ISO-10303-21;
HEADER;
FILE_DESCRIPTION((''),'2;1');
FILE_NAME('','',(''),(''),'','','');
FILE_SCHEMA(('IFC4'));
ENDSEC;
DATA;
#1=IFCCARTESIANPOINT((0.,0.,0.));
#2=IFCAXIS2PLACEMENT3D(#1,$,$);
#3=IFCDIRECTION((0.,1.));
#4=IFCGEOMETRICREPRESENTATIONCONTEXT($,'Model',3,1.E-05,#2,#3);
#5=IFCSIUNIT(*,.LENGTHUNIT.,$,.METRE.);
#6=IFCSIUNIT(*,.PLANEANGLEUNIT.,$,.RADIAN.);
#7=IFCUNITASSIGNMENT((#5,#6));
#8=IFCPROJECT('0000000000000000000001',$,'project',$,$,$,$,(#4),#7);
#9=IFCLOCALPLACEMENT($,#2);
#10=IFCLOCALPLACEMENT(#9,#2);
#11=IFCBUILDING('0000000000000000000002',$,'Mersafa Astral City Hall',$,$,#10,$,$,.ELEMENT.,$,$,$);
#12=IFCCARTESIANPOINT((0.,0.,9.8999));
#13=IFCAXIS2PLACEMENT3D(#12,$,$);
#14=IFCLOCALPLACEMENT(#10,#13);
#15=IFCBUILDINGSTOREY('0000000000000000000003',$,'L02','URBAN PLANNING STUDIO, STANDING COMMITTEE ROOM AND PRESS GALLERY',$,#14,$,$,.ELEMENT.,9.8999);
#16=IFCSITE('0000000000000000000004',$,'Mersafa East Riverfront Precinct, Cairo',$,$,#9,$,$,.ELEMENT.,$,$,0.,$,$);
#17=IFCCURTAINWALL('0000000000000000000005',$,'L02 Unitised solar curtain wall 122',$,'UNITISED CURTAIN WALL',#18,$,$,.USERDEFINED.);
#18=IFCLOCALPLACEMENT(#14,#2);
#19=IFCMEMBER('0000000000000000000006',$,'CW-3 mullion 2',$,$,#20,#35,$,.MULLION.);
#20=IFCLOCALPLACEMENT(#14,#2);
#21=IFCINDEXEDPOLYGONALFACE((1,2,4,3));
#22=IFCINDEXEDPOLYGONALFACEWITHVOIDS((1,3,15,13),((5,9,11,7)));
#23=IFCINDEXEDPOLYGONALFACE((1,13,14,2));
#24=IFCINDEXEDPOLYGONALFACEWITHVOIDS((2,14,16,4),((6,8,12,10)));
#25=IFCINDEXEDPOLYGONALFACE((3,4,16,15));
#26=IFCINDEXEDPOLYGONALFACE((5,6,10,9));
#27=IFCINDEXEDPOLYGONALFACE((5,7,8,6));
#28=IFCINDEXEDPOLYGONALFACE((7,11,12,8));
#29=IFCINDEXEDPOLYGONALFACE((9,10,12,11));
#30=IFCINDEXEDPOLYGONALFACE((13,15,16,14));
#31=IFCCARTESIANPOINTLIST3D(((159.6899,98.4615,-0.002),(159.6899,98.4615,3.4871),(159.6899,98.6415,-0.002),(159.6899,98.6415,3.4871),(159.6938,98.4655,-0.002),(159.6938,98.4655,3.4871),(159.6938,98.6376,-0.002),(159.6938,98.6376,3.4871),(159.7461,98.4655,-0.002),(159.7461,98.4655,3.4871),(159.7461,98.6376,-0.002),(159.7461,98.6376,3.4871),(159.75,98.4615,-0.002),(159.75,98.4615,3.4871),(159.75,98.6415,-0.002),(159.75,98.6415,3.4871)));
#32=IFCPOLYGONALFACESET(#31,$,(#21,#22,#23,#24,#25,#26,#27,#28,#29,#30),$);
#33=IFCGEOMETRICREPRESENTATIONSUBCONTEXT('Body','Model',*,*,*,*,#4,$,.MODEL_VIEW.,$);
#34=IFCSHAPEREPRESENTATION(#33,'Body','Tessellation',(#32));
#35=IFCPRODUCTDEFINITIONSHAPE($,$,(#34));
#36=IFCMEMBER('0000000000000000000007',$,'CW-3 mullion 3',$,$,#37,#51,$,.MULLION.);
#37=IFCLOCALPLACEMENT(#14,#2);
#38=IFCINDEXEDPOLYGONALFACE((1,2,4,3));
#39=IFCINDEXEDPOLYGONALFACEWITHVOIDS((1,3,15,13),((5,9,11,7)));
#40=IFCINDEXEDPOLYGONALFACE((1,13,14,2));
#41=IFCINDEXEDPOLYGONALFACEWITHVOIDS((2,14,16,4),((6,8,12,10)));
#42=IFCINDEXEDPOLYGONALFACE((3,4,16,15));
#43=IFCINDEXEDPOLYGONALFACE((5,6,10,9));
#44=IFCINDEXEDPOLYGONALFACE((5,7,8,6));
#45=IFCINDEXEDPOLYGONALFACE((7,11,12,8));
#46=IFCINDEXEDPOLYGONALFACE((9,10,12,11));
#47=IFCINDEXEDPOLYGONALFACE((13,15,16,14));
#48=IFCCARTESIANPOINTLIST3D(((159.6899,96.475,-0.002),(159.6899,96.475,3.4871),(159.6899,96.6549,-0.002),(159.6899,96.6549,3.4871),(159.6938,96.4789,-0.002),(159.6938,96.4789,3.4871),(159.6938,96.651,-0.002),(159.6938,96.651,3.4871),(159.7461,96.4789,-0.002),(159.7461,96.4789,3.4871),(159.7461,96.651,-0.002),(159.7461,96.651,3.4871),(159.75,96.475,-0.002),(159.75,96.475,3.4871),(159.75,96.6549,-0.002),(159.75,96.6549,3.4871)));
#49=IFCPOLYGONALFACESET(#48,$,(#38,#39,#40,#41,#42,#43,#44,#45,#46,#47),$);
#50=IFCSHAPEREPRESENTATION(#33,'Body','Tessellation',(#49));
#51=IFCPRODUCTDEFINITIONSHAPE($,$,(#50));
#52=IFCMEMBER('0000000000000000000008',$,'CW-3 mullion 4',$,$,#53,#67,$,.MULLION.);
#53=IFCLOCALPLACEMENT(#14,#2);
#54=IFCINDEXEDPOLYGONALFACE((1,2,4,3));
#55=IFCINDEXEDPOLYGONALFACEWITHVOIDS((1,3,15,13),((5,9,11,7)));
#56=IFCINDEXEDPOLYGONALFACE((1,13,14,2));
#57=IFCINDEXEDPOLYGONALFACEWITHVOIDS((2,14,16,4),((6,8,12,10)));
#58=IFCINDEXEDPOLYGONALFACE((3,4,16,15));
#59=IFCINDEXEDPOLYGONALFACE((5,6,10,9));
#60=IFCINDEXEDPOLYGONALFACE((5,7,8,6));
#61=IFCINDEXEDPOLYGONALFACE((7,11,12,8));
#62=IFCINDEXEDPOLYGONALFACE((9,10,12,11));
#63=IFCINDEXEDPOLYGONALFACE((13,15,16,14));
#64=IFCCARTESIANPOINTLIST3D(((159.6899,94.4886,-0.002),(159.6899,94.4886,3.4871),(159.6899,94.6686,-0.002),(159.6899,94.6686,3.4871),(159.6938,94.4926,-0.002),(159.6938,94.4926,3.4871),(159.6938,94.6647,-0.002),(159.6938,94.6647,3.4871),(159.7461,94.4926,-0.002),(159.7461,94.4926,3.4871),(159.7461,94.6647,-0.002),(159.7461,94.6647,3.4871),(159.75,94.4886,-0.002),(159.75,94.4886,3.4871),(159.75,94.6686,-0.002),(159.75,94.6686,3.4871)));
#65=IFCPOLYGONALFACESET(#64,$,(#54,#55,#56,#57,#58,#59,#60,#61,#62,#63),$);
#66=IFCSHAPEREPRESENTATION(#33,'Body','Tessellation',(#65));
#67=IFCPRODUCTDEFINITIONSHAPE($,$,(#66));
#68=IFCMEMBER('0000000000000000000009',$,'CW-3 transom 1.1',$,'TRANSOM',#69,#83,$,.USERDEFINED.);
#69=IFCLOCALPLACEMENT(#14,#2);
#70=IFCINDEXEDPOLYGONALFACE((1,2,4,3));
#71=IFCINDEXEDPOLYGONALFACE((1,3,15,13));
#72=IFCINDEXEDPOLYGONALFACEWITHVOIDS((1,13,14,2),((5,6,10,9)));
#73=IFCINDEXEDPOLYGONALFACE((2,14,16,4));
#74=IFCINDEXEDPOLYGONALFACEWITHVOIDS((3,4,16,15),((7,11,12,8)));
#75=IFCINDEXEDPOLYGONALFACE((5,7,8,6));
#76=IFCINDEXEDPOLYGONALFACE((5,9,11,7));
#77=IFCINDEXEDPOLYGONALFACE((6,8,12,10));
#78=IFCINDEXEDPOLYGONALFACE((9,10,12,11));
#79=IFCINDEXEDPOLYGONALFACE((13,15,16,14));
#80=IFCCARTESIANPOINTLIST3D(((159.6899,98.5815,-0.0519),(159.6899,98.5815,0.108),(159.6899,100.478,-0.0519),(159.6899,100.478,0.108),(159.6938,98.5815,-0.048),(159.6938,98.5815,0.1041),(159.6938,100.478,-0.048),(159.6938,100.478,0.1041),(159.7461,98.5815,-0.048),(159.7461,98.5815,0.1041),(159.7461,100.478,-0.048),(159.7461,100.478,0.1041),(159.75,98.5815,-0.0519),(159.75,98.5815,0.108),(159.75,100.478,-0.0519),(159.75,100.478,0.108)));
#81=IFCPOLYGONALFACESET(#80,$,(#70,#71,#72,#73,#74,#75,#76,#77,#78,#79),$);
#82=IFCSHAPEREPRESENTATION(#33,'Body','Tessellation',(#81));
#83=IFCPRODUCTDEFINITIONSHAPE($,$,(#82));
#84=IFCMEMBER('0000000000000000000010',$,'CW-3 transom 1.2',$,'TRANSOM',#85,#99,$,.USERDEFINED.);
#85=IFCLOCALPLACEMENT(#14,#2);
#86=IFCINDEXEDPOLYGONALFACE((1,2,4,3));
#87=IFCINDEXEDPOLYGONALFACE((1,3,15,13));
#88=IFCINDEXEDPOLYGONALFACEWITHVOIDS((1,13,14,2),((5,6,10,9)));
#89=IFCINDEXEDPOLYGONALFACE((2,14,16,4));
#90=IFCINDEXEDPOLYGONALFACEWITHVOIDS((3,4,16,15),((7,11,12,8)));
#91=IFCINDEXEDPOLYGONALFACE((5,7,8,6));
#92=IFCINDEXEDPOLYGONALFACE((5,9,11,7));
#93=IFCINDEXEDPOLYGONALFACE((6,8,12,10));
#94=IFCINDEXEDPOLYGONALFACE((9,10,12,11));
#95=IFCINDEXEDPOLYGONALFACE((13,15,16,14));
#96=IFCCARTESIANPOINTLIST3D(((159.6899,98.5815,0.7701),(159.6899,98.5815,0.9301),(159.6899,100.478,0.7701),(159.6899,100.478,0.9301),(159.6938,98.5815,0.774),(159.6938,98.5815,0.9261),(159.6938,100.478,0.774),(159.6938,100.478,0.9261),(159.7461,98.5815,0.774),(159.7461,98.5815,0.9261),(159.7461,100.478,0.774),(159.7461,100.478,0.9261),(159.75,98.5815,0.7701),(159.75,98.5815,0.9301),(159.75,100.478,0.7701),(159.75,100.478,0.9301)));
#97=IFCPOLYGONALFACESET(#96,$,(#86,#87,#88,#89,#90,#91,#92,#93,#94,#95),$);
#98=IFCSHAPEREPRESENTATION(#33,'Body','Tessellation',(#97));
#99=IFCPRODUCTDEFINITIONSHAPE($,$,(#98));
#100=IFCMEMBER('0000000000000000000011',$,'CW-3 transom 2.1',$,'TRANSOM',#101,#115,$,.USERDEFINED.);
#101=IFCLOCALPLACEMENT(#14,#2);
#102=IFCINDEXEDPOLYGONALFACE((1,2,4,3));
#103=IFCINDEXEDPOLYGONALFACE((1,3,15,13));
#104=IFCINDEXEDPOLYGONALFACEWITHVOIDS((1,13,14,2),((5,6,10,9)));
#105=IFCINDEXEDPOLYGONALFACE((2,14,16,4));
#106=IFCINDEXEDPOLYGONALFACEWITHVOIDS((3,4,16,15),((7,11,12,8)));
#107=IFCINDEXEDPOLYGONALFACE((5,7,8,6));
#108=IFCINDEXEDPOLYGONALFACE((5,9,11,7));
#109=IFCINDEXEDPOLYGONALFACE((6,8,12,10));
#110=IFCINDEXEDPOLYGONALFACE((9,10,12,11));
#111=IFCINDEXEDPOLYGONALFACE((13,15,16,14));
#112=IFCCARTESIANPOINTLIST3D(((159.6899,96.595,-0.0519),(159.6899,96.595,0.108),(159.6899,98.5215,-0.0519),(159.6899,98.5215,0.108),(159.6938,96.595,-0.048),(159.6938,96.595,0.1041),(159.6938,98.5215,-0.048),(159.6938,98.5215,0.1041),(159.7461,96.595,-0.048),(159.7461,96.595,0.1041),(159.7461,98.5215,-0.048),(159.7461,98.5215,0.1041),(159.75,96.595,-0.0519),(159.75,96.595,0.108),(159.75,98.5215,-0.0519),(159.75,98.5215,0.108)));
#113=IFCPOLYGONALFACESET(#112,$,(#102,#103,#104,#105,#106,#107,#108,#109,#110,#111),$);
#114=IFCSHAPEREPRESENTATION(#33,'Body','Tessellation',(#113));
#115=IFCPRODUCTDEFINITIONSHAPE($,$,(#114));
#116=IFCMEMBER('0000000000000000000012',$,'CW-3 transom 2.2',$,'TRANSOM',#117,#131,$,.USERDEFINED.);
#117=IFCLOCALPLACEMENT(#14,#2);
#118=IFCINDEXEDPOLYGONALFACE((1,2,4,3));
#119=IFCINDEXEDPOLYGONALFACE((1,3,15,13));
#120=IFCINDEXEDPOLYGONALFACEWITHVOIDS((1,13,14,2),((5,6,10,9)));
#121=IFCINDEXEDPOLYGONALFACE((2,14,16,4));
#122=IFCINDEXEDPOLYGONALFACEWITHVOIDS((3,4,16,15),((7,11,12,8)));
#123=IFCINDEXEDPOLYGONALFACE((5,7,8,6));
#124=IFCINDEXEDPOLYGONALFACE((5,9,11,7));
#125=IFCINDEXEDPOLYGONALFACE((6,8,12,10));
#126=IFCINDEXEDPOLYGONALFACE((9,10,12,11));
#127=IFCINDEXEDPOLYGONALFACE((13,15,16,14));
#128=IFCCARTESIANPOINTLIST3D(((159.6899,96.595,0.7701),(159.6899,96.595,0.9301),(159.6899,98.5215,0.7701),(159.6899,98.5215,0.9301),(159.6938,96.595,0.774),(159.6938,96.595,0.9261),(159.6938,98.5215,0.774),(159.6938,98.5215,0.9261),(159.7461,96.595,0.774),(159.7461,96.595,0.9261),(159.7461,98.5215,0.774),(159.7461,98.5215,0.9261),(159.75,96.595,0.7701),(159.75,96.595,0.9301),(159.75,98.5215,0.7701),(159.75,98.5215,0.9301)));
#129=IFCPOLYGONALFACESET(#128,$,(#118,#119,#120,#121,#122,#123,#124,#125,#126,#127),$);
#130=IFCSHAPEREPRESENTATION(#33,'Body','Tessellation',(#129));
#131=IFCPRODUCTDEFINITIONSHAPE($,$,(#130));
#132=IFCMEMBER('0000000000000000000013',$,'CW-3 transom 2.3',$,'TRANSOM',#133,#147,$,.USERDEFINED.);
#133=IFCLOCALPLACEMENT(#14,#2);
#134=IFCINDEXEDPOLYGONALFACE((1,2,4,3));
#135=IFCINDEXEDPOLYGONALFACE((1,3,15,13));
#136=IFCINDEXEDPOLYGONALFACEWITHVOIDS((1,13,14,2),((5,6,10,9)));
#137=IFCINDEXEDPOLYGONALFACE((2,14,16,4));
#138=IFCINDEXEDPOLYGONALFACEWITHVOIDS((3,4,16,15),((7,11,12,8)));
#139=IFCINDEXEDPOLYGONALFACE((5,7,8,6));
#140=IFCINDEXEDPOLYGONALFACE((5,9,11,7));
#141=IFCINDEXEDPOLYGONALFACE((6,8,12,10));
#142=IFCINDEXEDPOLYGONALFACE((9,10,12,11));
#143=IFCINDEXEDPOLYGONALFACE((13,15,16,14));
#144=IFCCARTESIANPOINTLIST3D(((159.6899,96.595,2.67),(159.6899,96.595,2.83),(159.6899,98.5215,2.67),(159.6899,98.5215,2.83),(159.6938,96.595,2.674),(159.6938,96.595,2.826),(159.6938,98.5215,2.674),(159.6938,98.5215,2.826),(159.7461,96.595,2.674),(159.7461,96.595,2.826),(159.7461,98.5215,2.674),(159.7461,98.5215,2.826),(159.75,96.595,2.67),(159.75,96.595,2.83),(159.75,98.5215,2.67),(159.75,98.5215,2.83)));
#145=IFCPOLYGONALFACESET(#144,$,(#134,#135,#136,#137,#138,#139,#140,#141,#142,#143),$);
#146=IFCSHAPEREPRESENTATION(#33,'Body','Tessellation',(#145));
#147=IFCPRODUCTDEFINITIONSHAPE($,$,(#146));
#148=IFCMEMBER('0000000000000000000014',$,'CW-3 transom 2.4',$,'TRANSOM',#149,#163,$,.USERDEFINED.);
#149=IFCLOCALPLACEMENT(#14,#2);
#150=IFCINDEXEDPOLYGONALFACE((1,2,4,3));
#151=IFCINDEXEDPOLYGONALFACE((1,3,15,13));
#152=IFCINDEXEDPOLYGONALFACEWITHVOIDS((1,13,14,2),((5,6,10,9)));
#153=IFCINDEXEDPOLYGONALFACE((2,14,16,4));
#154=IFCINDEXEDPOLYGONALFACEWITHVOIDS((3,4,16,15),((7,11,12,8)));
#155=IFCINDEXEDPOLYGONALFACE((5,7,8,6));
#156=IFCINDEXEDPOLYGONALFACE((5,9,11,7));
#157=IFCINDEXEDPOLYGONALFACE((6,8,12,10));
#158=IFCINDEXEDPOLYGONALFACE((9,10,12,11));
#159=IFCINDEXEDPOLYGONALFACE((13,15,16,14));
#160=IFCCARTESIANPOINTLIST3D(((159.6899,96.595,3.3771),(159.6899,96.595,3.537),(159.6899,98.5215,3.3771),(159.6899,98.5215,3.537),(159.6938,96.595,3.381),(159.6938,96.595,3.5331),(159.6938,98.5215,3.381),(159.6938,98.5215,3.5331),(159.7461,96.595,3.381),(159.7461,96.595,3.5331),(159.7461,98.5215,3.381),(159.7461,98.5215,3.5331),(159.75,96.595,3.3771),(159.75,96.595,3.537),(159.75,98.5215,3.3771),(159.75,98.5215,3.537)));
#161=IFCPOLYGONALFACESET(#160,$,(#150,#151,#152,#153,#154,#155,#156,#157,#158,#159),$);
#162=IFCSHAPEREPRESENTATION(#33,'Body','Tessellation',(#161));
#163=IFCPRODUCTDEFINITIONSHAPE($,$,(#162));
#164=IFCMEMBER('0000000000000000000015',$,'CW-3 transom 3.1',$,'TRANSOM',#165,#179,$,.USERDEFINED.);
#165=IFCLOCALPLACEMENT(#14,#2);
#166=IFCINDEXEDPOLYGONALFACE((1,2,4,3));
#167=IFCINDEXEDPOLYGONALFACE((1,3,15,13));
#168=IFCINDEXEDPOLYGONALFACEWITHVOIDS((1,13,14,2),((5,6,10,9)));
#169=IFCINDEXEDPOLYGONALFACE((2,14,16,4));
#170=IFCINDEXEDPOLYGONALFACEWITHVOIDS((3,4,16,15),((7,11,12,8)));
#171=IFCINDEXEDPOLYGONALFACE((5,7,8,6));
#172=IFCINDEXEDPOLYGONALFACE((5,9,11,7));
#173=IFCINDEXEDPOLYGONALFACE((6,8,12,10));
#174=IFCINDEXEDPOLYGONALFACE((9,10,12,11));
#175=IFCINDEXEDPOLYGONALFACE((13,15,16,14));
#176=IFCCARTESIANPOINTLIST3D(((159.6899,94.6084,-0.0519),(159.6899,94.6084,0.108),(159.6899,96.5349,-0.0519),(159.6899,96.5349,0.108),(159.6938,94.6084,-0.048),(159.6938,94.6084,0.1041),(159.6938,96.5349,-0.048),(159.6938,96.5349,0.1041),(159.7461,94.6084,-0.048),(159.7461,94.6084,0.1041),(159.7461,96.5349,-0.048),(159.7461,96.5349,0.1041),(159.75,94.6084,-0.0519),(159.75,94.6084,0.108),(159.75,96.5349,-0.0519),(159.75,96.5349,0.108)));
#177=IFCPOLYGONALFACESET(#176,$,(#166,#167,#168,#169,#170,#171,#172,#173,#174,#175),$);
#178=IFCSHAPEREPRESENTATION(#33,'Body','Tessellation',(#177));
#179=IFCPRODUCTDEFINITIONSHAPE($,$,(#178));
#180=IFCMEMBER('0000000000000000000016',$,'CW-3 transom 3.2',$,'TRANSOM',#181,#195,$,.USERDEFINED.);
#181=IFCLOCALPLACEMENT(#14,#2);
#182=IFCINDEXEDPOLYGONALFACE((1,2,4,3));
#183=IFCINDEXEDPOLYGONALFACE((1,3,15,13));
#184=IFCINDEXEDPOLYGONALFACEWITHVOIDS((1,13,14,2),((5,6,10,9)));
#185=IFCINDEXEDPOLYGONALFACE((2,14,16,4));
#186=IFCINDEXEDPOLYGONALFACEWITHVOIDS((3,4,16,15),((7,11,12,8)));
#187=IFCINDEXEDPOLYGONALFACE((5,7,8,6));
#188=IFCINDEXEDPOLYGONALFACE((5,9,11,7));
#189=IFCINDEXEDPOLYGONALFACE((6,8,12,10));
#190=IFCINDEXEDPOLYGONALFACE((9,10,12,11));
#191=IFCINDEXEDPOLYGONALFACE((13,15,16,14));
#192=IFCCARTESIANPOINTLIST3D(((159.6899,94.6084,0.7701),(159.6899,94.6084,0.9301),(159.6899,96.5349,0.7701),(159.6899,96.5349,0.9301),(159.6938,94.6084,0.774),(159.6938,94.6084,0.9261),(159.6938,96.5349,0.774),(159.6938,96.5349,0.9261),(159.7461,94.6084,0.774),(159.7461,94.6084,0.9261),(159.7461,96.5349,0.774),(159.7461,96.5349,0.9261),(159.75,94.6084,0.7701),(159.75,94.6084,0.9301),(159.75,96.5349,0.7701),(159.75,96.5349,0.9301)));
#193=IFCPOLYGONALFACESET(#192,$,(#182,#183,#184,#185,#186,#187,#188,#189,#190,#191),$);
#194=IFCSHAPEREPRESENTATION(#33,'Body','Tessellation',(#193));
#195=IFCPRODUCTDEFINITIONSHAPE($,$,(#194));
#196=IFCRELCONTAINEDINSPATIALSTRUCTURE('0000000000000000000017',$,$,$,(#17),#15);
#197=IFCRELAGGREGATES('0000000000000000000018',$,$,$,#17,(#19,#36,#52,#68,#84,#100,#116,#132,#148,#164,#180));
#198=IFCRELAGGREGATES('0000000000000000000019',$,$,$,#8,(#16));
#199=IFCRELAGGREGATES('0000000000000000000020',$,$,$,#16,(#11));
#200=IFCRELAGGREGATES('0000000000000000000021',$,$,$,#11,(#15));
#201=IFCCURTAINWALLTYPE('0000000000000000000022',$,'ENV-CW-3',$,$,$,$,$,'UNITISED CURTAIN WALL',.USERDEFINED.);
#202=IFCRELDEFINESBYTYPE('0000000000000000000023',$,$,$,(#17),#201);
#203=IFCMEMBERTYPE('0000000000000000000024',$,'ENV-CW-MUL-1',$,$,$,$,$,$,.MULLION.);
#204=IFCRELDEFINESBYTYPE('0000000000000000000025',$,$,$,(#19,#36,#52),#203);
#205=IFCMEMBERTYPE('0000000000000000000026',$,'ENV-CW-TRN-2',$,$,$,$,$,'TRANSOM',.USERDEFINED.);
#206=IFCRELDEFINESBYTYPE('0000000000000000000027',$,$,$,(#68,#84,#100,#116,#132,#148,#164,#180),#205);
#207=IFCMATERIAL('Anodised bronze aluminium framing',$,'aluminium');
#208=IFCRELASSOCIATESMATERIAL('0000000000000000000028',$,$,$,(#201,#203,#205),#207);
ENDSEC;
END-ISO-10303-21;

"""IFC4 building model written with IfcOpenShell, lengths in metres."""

from ifc_helpers import new_model, si_unit, direction, frame, origin, origin_2d, place, context, subcontext, project, spatial, hollow_rectangle, extrude, material, material_profile, profile_set, type_object, element, aggregate, save


model = new_model("IFC4")

# Units and contexts
model_context = context("Model", 3, precision=1e-05, world=origin(), true_north=direction((0.0, 1.0)))
body_context = subcontext(model_context, "Body", "Model", "MODEL_VIEW")
ifc_project = project(units=[si_unit("LENGTHUNIT", "METRE"), si_unit("PLANEANGLEUNIT", "RADIAN")], contexts=[model_context])

# Site, building, storey
site_placement = place(None, origin())
site = spatial("IfcSite", under=ifc_project, at=site_placement, Name="Mersafa East Riverfront Precinct, Cairo", CompositionType="ELEMENT", RefElevation=0.0)
building_placement = place(site_placement, origin())
building = spatial("IfcBuilding", under=site, at=building_placement, Name="Mersafa Astral City Hall", CompositionType="ELEMENT")
storey_placement = place(building_placement, frame((0.0, 0.0, 9.8999)))
storey = spatial("IfcBuildingStorey", under=building, at=storey_placement, Name="L02", Description="URBAN PLANNING STUDIO, STANDING COMMITTEE ROOM AND PRESS GALLERY", CompositionType="ELEMENT", Elevation=9.8999)

# Curtain wall, members
ifc_material_1 = material(Name="Anodised bronze aluminium framing", Category="aluminium")
curtain_wall_type = type_object("IfcCurtainWallType", Name="ENV-CW-3", ElementType="UNITISED CURTAIN WALL", PredefinedType="USERDEFINED", material=ifc_material_1)
curtain_wall_placement = place(storey_placement, origin())
curtain_wall = element("IfcCurtainWall", 1, at=curtain_wall_placement, inside=storey, type_object=curtain_wall_type, Name="L02 Unitised solar curtain wall 122", ObjectType="UNITISED CURTAIN WALL", PredefinedType="USERDEFINED")
ifc_material_profile_1 = material_profile(ifc_material_1, hollow_rectangle(XDim=0.0601, YDim=0.1799, WallThickness=0.0039, at=origin_2d()), Name="RHS 60x180x4")
ifc_profile_set_1 = profile_set([ifc_material_profile_1], Name="Anodised bronze aluminium framing")
member_type_1 = type_object("IfcMemberType", Name="ENV-CW-MUL-1", PredefinedType="MULLION", material=ifc_profile_set_1)
member_1_placement = place(storey_placement, frame((159.72, 98.5515, -0.002), z_axis=(0.0, 0.0, 1.0), x_axis=(1.0, 0.0, 0.0)))
member_1 = element("IfcMember", 2, at=member_1_placement, type_object=member_type_1, Name="CW-3 mullion 2", PredefinedType="MULLION", context=body_context, shape_type="SweptSolid", body=[
    extrude(hollow_rectangle(XDim=0.0601, YDim=0.1799, WallThickness=0.0039, at=origin_2d()), origin(), (0.0, 0.0, 1.0), 3.489),
])
member_2_placement = place(storey_placement, frame((159.72, 96.5649, -0.002), z_axis=(0.0, 0.0, 1.0), x_axis=(1.0, 0.0, 0.0)))
member_2 = element("IfcMember", 3, at=member_2_placement, type_object=member_type_1, Name="CW-3 mullion 3", PredefinedType="MULLION", context=body_context, shape_type="SweptSolid", body=[
    extrude(hollow_rectangle(XDim=0.0601, YDim=0.1799, WallThickness=0.0039, at=origin_2d()), origin(), (0.0, 0.0, 1.0), 3.489),
])
member_3_placement = place(storey_placement, frame((159.72, 94.5786, -0.002), z_axis=(0.0, 0.0, 1.0), x_axis=(1.0, 0.0, 0.0)))
member_3 = element("IfcMember", 4, at=member_3_placement, type_object=member_type_1, Name="CW-3 mullion 4", PredefinedType="MULLION", context=body_context, shape_type="SweptSolid", body=[
    extrude(hollow_rectangle(XDim=0.0601, YDim=0.1799, WallThickness=0.0039, at=origin_2d()), origin(), (0.0, 0.0, 1.0), 3.489),
])
ifc_material_profile_2 = material_profile(ifc_material_1, hollow_rectangle(XDim=0.0601, YDim=0.1599, WallThickness=0.0039, at=origin_2d()), Name="RHS 60x160x4")
ifc_profile_set_2 = profile_set([ifc_material_profile_2], Name="Anodised bronze aluminium framing")
member_type_2 = type_object("IfcMemberType", Name="ENV-CW-TRN-2", ElementType="TRANSOM", PredefinedType="USERDEFINED", material=ifc_profile_set_2)
member_4_placement = place(storey_placement, frame((159.72, 100.478, 0.0281), z_axis=(0.0, -1.0, 0.0), x_axis=(1.0, 0.0, 0.0)))
member_4 = element("IfcMember", 5, at=member_4_placement, type_object=member_type_2, Name="CW-3 transom 1.1", ObjectType="TRANSOM", PredefinedType="USERDEFINED", context=body_context, shape_type="SweptSolid", body=[
    extrude(hollow_rectangle(XDim=0.0601, YDim=0.1599, WallThickness=0.0039, at=origin_2d()), origin(), (0.0, 0.0, 1.0), 1.8965),
])
member_5_placement = place(storey_placement, frame((159.72, 100.478, 0.8501), z_axis=(0.0, -1.0, 0.0), x_axis=(1.0, 0.0, 0.0)))
member_5 = element("IfcMember", 6, at=member_5_placement, type_object=member_type_2, Name="CW-3 transom 1.2", ObjectType="TRANSOM", PredefinedType="USERDEFINED", context=body_context, shape_type="SweptSolid", body=[
    extrude(hollow_rectangle(XDim=0.0601, YDim=0.1599, WallThickness=0.0039, at=origin_2d()), origin(), (0.0, 0.0, 1.0), 1.8965),
])
member_6_placement = place(storey_placement, frame((159.72, 98.5215, 0.0281), z_axis=(0.0, -1.0, 0.0), x_axis=(1.0, 0.0, 0.0)))
member_6 = element("IfcMember", 7, at=member_6_placement, type_object=member_type_2, Name="CW-3 transom 2.1", ObjectType="TRANSOM", PredefinedType="USERDEFINED", context=body_context, shape_type="SweptSolid", body=[
    extrude(hollow_rectangle(XDim=0.0601, YDim=0.1599, WallThickness=0.0039, at=origin_2d()), origin(), (0.0, 0.0, 1.0), 1.9265),
])
member_7_placement = place(storey_placement, frame((159.72, 98.5215, 0.8501), z_axis=(0.0, -1.0, 0.0), x_axis=(1.0, 0.0, 0.0)))
member_7 = element("IfcMember", 8, at=member_7_placement, type_object=member_type_2, Name="CW-3 transom 2.2", ObjectType="TRANSOM", PredefinedType="USERDEFINED", context=body_context, shape_type="SweptSolid", body=[
    extrude(hollow_rectangle(XDim=0.0601, YDim=0.1599, WallThickness=0.0039, at=origin_2d()), origin(), (0.0, 0.0, 1.0), 1.9265),
])
member_8_placement = place(storey_placement, frame((159.72, 98.5215, 2.75), z_axis=(0.0, -1.0, 0.0), x_axis=(1.0, 0.0, 0.0)))
member_8 = element("IfcMember", 9, at=member_8_placement, type_object=member_type_2, Name="CW-3 transom 2.3", ObjectType="TRANSOM", PredefinedType="USERDEFINED", context=body_context, shape_type="SweptSolid", body=[
    extrude(hollow_rectangle(XDim=0.0601, YDim=0.1599, WallThickness=0.0039, at=origin_2d()), origin(), (0.0, 0.0, 1.0), 1.9265),
])
member_9_placement = place(storey_placement, frame((159.72, 98.5215, 3.457), z_axis=(0.0, -1.0, 0.0), x_axis=(1.0, 0.0, 0.0)))
member_9 = element("IfcMember", 10, at=member_9_placement, type_object=member_type_2, Name="CW-3 transom 2.4", ObjectType="TRANSOM", PredefinedType="USERDEFINED", context=body_context, shape_type="SweptSolid", body=[
    extrude(hollow_rectangle(XDim=0.0601, YDim=0.1599, WallThickness=0.0039, at=origin_2d()), origin(), (0.0, 0.0, 1.0), 1.9265),
])
member_10_placement = place(storey_placement, frame((159.72, 96.5349, 0.0281), z_axis=(0.0, -1.0, 0.0), x_axis=(1.0, 0.0, 0.0)))
member_10 = element("IfcMember", 11, at=member_10_placement, type_object=member_type_2, Name="CW-3 transom 3.1", ObjectType="TRANSOM", PredefinedType="USERDEFINED", context=body_context, shape_type="SweptSolid", body=[
    extrude(hollow_rectangle(XDim=0.0601, YDim=0.1599, WallThickness=0.0039, at=origin_2d()), origin(), (0.0, 0.0, 1.0), 1.9265),
])
member_11_placement = place(storey_placement, frame((159.72, 96.5349, 0.8501), z_axis=(0.0, -1.0, 0.0), x_axis=(1.0, 0.0, 0.0)))
member_11 = element("IfcMember", 12, at=member_11_placement, type_object=member_type_2, Name="CW-3 transom 3.2", ObjectType="TRANSOM", PredefinedType="USERDEFINED", context=body_context, shape_type="SweptSolid", body=[
    extrude(hollow_rectangle(XDim=0.0601, YDim=0.1599, WallThickness=0.0039, at=origin_2d()), origin(), (0.0, 0.0, 1.0), 1.9265),
])
aggregate(curtain_wall, [member_1, member_2, member_3, member_4, member_5, member_6, member_7, member_8, member_9, member_10, member_11])

save(model, "model.ifc")
